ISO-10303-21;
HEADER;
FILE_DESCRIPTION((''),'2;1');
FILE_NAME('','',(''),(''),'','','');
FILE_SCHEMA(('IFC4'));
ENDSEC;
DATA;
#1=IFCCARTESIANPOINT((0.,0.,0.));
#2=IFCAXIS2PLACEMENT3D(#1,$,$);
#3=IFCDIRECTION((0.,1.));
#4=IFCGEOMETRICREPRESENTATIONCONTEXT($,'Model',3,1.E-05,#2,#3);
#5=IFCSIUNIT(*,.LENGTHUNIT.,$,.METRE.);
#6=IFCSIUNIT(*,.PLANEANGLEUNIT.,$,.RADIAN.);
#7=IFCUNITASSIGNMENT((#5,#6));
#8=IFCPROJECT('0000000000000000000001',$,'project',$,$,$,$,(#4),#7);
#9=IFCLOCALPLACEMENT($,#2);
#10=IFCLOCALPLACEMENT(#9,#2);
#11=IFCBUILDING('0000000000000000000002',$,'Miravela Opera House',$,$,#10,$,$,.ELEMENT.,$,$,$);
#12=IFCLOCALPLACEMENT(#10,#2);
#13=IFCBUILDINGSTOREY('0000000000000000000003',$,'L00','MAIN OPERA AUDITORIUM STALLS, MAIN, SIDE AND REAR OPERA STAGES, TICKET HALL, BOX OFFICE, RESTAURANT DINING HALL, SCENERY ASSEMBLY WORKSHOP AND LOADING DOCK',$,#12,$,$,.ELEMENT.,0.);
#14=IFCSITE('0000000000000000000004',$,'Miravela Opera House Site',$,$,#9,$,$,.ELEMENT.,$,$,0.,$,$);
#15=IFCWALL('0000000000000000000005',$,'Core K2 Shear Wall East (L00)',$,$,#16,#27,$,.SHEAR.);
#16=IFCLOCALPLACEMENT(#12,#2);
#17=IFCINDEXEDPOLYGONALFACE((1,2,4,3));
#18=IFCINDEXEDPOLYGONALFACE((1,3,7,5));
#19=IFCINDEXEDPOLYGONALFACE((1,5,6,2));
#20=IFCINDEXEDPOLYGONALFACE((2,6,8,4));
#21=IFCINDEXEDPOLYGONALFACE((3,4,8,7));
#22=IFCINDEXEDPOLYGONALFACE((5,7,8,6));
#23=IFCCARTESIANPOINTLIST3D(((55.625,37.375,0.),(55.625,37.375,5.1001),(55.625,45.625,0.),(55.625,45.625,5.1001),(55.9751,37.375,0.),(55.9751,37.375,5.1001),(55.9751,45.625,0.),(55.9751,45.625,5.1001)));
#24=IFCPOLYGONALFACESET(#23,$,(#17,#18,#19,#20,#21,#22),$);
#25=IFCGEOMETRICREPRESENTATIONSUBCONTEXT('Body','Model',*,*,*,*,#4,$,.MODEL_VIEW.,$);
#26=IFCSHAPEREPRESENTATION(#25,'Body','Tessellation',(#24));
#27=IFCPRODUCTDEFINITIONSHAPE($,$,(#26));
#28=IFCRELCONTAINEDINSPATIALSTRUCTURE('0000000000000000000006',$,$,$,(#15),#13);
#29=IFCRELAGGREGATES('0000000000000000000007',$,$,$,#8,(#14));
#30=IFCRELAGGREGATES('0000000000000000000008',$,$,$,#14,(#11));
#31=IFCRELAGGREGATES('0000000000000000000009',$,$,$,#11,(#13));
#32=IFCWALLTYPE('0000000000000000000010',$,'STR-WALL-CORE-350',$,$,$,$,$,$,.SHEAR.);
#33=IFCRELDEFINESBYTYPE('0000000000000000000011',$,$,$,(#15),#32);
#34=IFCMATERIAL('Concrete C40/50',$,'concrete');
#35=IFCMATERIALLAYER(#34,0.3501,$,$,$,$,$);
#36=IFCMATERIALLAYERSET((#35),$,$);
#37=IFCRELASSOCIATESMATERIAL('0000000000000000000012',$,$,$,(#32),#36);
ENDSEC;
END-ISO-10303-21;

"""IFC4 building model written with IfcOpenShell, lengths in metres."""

from ifc_helpers import new_model, si_unit, direction, frame, frame_2d, origin, place, context, subcontext, project, spatial, rectangle, extrude, material, layer, layer_set, type_object, element, save


model = new_model("IFC4")

# Units and contexts
model_context = context("Model", 3, precision=1e-05, world=origin(), true_north=direction((0.0, 1.0)))
body_context = subcontext(model_context, "Body", "Model", "MODEL_VIEW")
ifc_project = project(units=[si_unit("LENGTHUNIT", "METRE"), si_unit("PLANEANGLEUNIT", "RADIAN")], contexts=[model_context])

# Site, building, storey
site_placement = place(None, origin())
site = spatial("IfcSite", under=ifc_project, at=site_placement, Name="Miravela Opera House Site", CompositionType="ELEMENT", RefElevation=0.0)
building_placement = place(site_placement, origin())
building = spatial("IfcBuilding", under=site, at=building_placement, Name="Miravela Opera House", CompositionType="ELEMENT")
storey_placement = place(building_placement, origin())
storey = spatial("IfcBuildingStorey", under=building, at=storey_placement, Name="L00", Description="MAIN OPERA AUDITORIUM STALLS, MAIN, SIDE AND REAR OPERA STAGES, TICKET HALL, BOX OFFICE, RESTAURANT DINING HALL, SCENERY ASSEMBLY WORKSHOP AND LOADING DOCK", CompositionType="ELEMENT", Elevation=0.0)

# Wall
ifc_material_1 = material(Name="Concrete C40/50", Category="concrete")
ifc_layer_1 = layer(ifc_material_1, 0.3501)
ifc_layer_set_1 = layer_set([ifc_layer_1])
wall_type = type_object("IfcWallType", Name="STR-WALL-CORE-350", PredefinedType="SHEAR", material=ifc_layer_set_1)
wall_placement = place(storey_placement, frame((55.8, 37.375, 0.0), z_axis=(0.0, 0.0, 1.0), x_axis=(0.0, 1.0, 0.0)))
element("IfcWall", 1, at=wall_placement, inside=storey, type_object=wall_type, Name="Core K2 Shear Wall East (L00)", PredefinedType="SHEAR", context=body_context, shape_type="SweptSolid", body=[
    extrude(rectangle(XDim=8.25, YDim=0.3501, at=frame_2d((4.125, 0.0))), origin(), (0.0, 0.0, 1.0), 5.1001),
])

save(model, "model.ifc")
